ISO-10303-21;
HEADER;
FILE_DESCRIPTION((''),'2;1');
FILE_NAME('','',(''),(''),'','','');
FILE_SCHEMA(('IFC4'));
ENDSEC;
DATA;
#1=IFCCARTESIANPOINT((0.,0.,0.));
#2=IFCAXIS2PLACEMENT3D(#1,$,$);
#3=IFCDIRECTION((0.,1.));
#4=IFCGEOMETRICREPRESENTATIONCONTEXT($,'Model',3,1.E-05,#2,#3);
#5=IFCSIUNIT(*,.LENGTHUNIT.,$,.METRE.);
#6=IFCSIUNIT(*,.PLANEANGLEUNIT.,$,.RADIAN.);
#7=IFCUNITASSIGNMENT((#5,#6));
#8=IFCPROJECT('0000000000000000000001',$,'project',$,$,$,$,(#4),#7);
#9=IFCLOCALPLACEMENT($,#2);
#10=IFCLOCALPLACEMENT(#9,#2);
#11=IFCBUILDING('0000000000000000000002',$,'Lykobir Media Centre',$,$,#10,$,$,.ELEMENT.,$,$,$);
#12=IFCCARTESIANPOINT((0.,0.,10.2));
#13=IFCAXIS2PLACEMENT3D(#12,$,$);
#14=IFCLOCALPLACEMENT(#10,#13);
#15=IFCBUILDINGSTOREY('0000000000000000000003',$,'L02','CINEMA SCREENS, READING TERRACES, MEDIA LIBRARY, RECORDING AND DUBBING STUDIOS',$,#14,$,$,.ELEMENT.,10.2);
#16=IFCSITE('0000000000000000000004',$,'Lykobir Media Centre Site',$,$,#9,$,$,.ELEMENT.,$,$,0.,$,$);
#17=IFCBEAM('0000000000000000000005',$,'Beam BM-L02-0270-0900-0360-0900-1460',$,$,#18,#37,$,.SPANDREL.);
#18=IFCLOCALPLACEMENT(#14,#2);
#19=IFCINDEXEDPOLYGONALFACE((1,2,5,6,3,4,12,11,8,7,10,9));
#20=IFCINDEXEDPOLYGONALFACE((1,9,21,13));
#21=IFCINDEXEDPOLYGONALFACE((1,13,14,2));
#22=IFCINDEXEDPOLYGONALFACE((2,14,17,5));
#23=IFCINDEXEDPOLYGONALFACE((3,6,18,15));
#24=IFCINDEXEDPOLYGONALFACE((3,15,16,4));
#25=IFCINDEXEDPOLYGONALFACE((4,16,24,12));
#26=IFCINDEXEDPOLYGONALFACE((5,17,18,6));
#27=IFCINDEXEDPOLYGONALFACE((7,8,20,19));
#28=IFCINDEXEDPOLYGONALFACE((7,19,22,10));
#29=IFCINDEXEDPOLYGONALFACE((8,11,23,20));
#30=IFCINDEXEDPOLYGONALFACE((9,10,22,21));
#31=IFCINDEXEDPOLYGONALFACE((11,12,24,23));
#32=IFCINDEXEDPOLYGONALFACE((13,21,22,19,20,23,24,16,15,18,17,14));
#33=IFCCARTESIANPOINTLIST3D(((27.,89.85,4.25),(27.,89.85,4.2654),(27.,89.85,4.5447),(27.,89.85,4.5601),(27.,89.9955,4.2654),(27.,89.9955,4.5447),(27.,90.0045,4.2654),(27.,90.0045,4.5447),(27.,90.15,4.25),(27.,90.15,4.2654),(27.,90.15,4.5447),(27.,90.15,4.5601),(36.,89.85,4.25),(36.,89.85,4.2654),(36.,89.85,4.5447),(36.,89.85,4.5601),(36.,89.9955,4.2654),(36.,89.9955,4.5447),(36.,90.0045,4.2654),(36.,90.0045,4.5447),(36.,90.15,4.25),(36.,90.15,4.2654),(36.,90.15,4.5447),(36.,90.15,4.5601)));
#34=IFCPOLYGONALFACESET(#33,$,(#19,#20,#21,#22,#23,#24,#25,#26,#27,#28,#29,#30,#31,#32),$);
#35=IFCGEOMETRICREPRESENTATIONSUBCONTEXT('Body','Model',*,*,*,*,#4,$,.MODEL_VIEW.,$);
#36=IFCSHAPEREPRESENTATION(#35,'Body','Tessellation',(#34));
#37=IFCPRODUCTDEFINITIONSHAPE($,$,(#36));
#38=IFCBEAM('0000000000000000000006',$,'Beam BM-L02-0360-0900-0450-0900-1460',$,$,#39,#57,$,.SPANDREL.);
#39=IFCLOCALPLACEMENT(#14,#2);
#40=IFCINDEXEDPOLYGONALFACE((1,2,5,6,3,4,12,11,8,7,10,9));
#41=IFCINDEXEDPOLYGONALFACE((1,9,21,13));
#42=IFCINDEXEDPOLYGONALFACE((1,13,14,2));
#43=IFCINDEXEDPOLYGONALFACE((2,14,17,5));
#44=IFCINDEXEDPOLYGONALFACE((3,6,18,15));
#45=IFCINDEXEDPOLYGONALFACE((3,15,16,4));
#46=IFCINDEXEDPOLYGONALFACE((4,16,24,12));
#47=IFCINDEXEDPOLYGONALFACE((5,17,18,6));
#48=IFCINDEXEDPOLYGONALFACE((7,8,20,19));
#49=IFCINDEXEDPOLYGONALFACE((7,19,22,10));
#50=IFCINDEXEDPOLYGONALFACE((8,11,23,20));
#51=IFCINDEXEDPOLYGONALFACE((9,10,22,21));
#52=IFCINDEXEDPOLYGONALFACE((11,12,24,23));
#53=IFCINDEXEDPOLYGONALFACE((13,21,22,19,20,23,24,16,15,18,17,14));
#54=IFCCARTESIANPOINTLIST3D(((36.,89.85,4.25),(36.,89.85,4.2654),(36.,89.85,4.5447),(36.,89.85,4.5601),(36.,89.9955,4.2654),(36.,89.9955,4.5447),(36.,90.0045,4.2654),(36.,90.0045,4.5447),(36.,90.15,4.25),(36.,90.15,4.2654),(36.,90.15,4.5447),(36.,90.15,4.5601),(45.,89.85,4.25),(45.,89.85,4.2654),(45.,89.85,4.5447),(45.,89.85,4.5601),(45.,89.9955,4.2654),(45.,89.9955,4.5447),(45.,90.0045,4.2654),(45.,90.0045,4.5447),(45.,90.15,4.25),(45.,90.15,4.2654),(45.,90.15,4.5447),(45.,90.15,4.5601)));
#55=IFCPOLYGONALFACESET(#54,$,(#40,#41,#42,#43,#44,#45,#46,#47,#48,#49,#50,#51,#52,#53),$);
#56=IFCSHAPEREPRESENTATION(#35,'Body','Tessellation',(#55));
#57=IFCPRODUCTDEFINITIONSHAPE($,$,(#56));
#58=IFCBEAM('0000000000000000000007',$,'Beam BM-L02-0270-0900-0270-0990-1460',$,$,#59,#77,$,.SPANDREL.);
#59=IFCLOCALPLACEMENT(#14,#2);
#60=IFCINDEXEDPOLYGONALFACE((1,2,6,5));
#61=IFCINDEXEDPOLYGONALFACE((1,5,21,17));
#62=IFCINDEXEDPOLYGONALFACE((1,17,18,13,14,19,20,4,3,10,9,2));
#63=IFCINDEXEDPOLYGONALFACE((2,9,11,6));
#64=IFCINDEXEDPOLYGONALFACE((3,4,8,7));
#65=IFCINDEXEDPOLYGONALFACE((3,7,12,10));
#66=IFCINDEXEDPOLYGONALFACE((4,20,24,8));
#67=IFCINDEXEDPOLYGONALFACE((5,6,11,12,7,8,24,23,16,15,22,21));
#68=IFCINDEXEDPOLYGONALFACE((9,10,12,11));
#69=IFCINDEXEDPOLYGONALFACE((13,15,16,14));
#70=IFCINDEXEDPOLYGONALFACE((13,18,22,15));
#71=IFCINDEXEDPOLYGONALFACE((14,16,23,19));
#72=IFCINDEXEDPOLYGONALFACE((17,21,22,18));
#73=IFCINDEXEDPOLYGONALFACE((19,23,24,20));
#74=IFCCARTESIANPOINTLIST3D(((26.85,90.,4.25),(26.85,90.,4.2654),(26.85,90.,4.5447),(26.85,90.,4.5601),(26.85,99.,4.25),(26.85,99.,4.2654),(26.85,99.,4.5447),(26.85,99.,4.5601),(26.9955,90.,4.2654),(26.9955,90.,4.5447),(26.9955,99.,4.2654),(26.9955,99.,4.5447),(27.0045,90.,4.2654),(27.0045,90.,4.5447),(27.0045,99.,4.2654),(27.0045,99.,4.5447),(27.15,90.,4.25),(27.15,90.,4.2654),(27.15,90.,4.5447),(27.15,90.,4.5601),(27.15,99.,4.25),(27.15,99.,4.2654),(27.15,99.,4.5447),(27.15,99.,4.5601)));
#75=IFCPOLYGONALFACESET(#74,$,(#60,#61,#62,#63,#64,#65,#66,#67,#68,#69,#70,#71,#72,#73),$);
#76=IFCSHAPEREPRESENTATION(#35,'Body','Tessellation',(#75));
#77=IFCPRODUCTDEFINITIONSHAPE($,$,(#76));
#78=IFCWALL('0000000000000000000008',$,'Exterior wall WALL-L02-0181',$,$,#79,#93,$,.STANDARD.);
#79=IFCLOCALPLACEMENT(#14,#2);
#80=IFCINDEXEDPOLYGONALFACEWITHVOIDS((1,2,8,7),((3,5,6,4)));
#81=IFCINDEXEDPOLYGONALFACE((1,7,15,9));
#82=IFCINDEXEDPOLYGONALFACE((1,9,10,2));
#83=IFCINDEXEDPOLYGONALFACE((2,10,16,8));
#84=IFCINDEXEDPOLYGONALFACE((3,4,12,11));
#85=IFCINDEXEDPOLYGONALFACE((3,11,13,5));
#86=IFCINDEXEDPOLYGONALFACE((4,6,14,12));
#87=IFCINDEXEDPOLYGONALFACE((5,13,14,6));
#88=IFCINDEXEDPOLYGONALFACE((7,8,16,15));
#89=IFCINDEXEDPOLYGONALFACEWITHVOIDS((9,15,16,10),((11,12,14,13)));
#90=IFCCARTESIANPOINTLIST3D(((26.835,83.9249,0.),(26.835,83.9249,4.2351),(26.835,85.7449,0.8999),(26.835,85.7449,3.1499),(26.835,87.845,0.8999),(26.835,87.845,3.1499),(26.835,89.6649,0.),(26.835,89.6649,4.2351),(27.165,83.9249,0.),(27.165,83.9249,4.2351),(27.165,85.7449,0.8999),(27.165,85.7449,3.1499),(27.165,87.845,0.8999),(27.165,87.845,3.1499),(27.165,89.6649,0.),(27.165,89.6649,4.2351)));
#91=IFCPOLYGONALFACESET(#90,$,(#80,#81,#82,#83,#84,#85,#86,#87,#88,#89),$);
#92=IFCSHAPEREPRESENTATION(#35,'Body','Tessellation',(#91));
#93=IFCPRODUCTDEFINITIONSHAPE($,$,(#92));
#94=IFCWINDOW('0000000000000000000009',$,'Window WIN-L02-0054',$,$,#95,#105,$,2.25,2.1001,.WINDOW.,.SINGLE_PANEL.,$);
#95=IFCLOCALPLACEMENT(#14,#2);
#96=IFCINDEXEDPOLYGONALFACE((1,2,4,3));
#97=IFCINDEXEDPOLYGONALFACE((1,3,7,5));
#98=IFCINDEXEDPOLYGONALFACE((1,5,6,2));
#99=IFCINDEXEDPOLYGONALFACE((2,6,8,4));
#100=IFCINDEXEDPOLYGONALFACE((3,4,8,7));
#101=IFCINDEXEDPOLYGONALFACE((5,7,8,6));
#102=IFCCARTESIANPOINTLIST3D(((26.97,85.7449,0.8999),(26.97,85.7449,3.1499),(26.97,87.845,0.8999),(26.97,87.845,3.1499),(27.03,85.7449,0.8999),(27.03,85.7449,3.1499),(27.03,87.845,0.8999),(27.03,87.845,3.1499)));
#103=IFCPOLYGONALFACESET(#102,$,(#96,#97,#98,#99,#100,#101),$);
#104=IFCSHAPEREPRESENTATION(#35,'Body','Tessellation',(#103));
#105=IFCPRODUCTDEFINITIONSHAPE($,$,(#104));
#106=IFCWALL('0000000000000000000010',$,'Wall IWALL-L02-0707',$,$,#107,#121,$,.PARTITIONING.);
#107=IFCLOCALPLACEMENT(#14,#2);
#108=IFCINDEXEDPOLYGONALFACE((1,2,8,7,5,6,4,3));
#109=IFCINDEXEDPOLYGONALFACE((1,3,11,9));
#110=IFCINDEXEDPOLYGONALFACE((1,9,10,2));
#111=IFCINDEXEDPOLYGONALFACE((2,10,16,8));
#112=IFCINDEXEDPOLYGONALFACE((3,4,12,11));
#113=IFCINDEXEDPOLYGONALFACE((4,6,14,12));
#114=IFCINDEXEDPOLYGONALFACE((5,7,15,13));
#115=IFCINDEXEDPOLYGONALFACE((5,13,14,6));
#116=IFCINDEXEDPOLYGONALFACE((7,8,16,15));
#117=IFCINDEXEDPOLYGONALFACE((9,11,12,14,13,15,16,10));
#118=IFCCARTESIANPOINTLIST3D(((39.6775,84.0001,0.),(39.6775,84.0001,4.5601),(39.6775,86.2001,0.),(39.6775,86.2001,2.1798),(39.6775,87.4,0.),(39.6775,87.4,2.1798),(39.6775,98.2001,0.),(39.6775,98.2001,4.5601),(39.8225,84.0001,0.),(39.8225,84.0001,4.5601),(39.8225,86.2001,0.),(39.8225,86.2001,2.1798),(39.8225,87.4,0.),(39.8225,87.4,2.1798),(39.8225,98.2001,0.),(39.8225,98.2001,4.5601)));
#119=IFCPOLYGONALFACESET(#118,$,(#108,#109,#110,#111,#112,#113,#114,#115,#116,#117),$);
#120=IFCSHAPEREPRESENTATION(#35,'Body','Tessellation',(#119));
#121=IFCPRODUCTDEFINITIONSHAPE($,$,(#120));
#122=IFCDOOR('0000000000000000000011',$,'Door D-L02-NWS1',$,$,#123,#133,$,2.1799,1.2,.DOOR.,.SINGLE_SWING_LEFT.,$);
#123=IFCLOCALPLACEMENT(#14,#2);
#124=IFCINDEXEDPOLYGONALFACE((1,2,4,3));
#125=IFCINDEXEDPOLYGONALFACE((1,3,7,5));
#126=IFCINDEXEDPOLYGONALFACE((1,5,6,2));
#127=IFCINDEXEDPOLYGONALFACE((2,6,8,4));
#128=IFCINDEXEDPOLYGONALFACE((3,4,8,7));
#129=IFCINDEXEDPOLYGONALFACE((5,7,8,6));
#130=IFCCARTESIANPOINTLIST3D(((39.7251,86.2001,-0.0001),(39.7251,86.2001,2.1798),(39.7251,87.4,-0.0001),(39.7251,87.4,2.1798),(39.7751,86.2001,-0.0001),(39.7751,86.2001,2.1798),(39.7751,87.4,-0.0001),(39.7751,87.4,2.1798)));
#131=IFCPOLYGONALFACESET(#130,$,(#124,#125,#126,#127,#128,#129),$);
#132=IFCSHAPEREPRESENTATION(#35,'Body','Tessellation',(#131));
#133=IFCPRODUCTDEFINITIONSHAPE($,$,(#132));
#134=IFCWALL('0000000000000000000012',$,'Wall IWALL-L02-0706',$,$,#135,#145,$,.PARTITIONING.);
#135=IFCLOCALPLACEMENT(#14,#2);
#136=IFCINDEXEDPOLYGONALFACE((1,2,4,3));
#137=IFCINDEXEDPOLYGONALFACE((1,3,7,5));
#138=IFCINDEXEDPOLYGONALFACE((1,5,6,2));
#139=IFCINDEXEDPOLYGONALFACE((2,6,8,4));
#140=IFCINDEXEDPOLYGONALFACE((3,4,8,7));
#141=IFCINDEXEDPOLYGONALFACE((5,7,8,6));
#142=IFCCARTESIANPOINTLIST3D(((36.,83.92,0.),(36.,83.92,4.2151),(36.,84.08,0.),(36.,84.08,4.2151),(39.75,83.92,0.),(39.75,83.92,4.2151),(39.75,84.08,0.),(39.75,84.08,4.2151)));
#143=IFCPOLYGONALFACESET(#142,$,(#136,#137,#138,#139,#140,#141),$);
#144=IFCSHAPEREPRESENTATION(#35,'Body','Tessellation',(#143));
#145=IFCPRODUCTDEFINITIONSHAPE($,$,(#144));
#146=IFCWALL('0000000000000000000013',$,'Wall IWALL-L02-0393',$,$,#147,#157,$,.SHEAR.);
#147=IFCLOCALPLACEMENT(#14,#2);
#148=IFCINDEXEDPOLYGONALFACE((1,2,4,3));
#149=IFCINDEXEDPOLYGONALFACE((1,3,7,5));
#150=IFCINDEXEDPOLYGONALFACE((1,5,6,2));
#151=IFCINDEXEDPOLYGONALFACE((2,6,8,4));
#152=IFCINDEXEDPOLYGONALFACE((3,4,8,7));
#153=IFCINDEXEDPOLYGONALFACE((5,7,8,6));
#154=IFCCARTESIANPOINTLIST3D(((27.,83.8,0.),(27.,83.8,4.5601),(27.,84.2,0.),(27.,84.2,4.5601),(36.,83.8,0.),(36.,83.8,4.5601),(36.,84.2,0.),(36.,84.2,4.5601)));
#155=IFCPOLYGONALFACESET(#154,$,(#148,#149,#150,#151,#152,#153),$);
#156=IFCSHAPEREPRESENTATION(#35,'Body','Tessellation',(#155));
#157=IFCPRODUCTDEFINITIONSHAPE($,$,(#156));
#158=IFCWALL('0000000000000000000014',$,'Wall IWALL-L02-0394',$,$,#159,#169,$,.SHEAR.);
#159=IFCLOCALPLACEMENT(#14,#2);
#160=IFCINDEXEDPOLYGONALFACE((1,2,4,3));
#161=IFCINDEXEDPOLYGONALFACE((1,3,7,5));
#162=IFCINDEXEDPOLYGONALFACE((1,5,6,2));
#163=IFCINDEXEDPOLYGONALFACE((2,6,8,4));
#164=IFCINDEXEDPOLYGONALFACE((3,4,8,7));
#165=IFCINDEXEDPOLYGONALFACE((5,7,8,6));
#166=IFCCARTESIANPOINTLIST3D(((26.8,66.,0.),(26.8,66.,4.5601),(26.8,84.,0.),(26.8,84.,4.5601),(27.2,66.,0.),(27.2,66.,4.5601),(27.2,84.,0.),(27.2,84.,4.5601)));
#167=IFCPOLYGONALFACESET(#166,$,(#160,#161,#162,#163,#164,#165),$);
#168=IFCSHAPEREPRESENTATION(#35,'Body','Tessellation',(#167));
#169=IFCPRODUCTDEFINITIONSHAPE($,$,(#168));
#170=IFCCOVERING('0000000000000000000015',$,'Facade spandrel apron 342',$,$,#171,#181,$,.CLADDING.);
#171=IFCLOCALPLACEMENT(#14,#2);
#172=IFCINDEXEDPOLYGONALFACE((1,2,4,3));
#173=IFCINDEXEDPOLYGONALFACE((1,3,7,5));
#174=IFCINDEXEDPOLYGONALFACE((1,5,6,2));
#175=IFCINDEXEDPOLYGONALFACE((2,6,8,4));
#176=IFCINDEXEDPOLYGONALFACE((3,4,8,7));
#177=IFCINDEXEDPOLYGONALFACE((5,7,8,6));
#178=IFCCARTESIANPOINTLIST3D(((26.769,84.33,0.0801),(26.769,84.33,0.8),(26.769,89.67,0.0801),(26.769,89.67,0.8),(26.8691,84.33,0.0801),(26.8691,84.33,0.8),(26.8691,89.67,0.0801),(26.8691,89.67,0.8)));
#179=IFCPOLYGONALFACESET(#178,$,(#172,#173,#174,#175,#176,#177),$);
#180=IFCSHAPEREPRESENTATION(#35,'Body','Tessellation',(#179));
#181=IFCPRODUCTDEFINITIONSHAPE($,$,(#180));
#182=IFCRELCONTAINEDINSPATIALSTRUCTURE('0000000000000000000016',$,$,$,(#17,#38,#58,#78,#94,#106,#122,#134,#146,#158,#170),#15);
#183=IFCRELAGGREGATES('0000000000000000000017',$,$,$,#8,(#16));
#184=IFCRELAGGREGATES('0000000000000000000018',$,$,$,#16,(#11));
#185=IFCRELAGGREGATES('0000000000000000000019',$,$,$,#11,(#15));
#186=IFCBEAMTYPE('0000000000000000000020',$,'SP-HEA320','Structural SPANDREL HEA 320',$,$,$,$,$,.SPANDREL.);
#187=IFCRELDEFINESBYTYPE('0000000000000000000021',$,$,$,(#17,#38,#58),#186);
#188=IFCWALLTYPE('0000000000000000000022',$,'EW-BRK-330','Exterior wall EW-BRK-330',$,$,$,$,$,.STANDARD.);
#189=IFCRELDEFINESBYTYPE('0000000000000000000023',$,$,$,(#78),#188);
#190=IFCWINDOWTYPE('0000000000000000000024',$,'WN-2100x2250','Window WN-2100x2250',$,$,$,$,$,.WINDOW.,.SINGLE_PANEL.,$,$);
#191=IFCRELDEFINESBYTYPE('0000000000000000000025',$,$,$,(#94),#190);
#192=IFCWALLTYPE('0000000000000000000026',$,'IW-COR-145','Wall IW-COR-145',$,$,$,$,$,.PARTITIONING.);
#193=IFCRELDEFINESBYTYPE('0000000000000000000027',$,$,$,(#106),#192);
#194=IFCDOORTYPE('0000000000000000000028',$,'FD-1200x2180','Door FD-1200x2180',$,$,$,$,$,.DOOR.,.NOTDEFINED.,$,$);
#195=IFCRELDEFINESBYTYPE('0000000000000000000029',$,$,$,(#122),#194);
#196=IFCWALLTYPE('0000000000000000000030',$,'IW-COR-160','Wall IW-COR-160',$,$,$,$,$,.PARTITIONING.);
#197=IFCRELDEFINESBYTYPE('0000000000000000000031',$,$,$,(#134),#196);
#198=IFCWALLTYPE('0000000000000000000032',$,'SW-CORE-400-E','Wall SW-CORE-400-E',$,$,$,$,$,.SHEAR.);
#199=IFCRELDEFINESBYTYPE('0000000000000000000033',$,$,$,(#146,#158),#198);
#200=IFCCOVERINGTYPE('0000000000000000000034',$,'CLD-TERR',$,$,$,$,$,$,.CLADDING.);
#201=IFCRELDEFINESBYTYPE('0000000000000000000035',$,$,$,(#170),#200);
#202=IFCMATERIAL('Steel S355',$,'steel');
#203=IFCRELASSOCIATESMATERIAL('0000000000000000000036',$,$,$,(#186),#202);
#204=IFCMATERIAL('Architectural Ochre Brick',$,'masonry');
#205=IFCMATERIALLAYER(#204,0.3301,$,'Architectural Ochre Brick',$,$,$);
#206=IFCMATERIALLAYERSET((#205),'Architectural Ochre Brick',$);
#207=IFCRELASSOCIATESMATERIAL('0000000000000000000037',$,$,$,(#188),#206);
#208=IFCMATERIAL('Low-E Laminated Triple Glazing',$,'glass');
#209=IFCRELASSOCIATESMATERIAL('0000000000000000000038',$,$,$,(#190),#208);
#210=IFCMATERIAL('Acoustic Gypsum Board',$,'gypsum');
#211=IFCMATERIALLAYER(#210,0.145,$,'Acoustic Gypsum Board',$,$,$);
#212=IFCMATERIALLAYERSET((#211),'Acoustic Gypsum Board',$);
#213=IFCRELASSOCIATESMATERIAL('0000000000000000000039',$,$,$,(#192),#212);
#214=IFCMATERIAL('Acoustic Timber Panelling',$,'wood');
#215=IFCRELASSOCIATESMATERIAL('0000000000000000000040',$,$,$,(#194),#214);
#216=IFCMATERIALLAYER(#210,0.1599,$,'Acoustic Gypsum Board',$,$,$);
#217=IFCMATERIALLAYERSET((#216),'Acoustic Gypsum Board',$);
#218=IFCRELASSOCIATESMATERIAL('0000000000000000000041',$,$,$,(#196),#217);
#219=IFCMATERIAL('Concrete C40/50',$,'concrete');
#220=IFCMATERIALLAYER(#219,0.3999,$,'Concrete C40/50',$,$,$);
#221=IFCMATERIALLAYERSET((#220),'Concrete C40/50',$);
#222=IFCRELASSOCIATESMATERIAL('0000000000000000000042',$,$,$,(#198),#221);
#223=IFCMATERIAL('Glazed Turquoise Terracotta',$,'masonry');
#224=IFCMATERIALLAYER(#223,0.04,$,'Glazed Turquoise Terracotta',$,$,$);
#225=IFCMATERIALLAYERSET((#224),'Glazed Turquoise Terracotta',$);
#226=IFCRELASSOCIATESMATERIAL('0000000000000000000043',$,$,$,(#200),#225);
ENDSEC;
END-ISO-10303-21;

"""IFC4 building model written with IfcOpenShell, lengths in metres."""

from ifc_helpers import new_model, si_unit, direction, frame, frame_2d, origin, origin_2d, place, context, subcontext, project, spatial, rectangle, i_section, extrude, material, layer, layer_set, material_profile, profile_set, type_object, element, fill, save


model = new_model("IFC4")

# Units and contexts
model_context = context("Model", 3, precision=1e-05, world=origin(), true_north=direction((0.0, 1.0)))
body_context = subcontext(model_context, "Body", "Model", "MODEL_VIEW")
ifc_project = project(units=[si_unit("LENGTHUNIT", "METRE"), si_unit("PLANEANGLEUNIT", "RADIAN")], contexts=[model_context])

# Site, building, storey
site_placement = place(None, origin())
site = spatial("IfcSite", under=ifc_project, at=site_placement, Name="Lykobir Media Centre Site", CompositionType="ELEMENT", RefElevation=0.0)
building_placement = place(site_placement, origin())
building = spatial("IfcBuilding", under=site, at=building_placement, Name="Lykobir Media Centre", CompositionType="ELEMENT")
storey_placement = place(building_placement, frame((0.0, 0.0, 10.2)))
storey = spatial("IfcBuildingStorey", under=building, at=storey_placement, Name="L02", Description="CINEMA SCREENS, READING TERRACES, MEDIA LIBRARY, RECORDING AND DUBBING STUDIOS", CompositionType="ELEMENT", Elevation=10.2)

# Shared definitions
ifc_material_1 = material(Name="Concrete C40/50", Category="concrete")
ifc_material_2 = material(Name="Steel S355", Category="steel")

# Beams
ifc_material_profile_1 = material_profile(ifc_material_2, i_section(OverallWidth=0.3, OverallDepth=0.3101, WebThickness=0.009, FlangeThickness=0.0154, at=origin_2d()), Name="HEA 320")
ifc_profile_set_1 = profile_set([ifc_material_profile_1], Name="Steel S355")
beam_type_1 = type_object("IfcBeamType", Name="SP-HEA320", Description="Structural SPANDREL HEA 320", PredefinedType="SPANDREL", material=ifc_profile_set_1)
for number, where, z_axis, x_axis, name in (
    (1, (27.0, 90.0, 4.405), (1.0, 0.0, 0.0), (0.0, 1.0, 0.0), "Beam BM-L02-0270-0900-0360-0900-1460"),
    (2, (36.0, 90.0, 4.405), (1.0, 0.0, 0.0), (0.0, 1.0, 0.0), "Beam BM-L02-0360-0900-0450-0900-1460"),
    (3, (27.0, 90.0, 4.405), (0.0, 1.0, 0.0), (-1.0, 0.0, 0.0), "Beam BM-L02-0270-0900-0270-0990-1460"),
):
    element("IfcBeam", number, at=place(storey_placement, frame(where, z_axis=z_axis, x_axis=x_axis)), inside=storey, type_object=beam_type_1, Name=name, PredefinedType="SPANDREL", context=body_context, shape_type="SweptSolid", body=[
        extrude(i_section(OverallWidth=0.3, OverallDepth=0.3101, WebThickness=0.009, FlangeThickness=0.0154, at=origin_2d()), origin(), (0.0, 0.0, 1.0), 9.0),
    ])

# Wall, opening, window
ifc_material_3 = material(Name="Architectural Ochre Brick", Category="masonry")
ifc_layer_1 = layer(ifc_material_3, 0.3301, Name="Architectural Ochre Brick")
ifc_layer_set_1 = layer_set([ifc_layer_1], Name="Architectural Ochre Brick")
wall_type_1 = type_object("IfcWallType", Name="EW-BRK-330", Description="Exterior wall EW-BRK-330", PredefinedType="STANDARD", material=ifc_layer_set_1)
wall_1_placement = place(storey_placement, frame((27.0, 89.665, 0.0), z_axis=(0.0, 0.0, 1.0), x_axis=(0.0, -1.0, 0.0)))
wall_1 = element("IfcWall", 4, at=wall_1_placement, inside=storey, type_object=wall_type_1, Name="Exterior wall WALL-L02-0181", PredefinedType="STANDARD", context=body_context, shape_type="SweptSolid", body=[
    extrude(rectangle(XDim=5.74, YDim=0.3301, at=frame_2d((2.8701, 0.0))), origin(), (0.0, 0.0, 1.0), 4.2351),
])
opening_1_placement = place(wall_1_placement, frame((1.8201, 0.0, 0.8999)))
opening_1 = element("IfcOpeningElement", 5, at=opening_1_placement, cuts=wall_1, PredefinedType="OPENING", context=body_context, shape_type="SweptSolid", body=[
    extrude(rectangle(XDim=2.1001, YDim=2.25, at=frame_2d((1.05, 1.125))), frame((0.0, 0.175, 0.0), z_axis=(0.0, -1.0, 0.0), x_axis=(1.0, 0.0, 0.0)), (0.0, 0.0, 1.0), 0.3501),
])
ifc_material_4 = material(Name="Low-E Laminated Triple Glazing", Category="glass")
window_type = type_object("IfcWindowType", Name="WN-2100x2250", Description="Window WN-2100x2250", PartitioningType="SINGLE_PANEL", PredefinedType="WINDOW", material=ifc_material_4)
window_placement = place(opening_1_placement, origin())
window = element("IfcWindow", 6, at=window_placement, inside=storey, type_object=window_type, Name="Window WIN-L02-0054", OverallHeight=2.25, OverallWidth=2.1001, PartitioningType="SINGLE_PANEL", PredefinedType="WINDOW", context=body_context, shape_type="SweptSolid", body=[
    extrude(rectangle(XDim=2.1001, YDim=2.25, at=frame_2d((1.05, 1.125))), frame((0.0, 0.03, 0.0), z_axis=(0.0, -1.0, 0.0), x_axis=(1.0, 0.0, 0.0)), (0.0, 0.0, 1.0), 0.0601),
])
fill(opening_1, window)

# Wall, opening, door
ifc_material_5 = material(Name="Acoustic Gypsum Board", Category="gypsum")
ifc_layer_2 = layer(ifc_material_5, 0.145, Name="Acoustic Gypsum Board")
ifc_layer_set_2 = layer_set([ifc_layer_2], Name="Acoustic Gypsum Board")
wall_type_2 = type_object("IfcWallType", Name="IW-COR-145", Description="Wall IW-COR-145", PredefinedType="PARTITIONING", material=ifc_layer_set_2)
wall_2_placement = place(storey_placement, frame((39.75, 84.0, 0.0), z_axis=(0.0, 0.0, 1.0), x_axis=(0.0, 1.0, 0.0)))
wall_2 = element("IfcWall", 7, at=wall_2_placement, inside=storey, type_object=wall_type_2, Name="Wall IWALL-L02-0707", PredefinedType="PARTITIONING", context=body_context, shape_type="SweptSolid", body=[
    extrude(rectangle(XDim=14.2, YDim=0.145, at=frame_2d((7.1001, 0.0))), origin(), (0.0, 0.0, 1.0), 4.5601),
])
opening_2_placement = place(wall_2_placement, frame((2.2, 0.0, 0.0)))
opening_2 = element("IfcOpeningElement", 8, at=opening_2_placement, cuts=wall_2, PredefinedType="OPENING", context=body_context, shape_type="SweptSolid", body=[
    extrude(rectangle(XDim=1.2, YDim=2.1799, at=frame_2d((0.6001, 1.0898))), frame((0.0, 0.0825, 0.0), z_axis=(0.0, -1.0, 0.0), x_axis=(1.0, 0.0, 0.0)), (0.0, 0.0, 1.0), 0.165),
])
ifc_material_6 = material(Name="Acoustic Timber Panelling", Category="wood")
door_type = type_object("IfcDoorType", Name="FD-1200x2180", Description="Door FD-1200x2180", OperationType="NOTDEFINED", PredefinedType="DOOR", material=ifc_material_6)
door_placement = place(opening_2_placement, origin())
door = element("IfcDoor", 9, at=door_placement, inside=storey, type_object=door_type, Name="Door D-L02-NWS1", OperationType="SINGLE_SWING_LEFT", OverallHeight=2.1799, OverallWidth=1.2, PredefinedType="DOOR", context=body_context, shape_type="SweptSolid", body=[
    extrude(rectangle(XDim=1.2, YDim=2.1799, at=frame_2d((0.6001, 1.0898))), frame((0.0, 0.0249, 0.0), z_axis=(0.0, -1.0, 0.0), x_axis=(1.0, 0.0, 0.0)), (0.0, 0.0, 1.0), 0.05),
])
fill(opening_2, door)

# Walls
ifc_layer_3 = layer(ifc_material_5, 0.1599, Name="Acoustic Gypsum Board")
ifc_layer_set_3 = layer_set([ifc_layer_3], Name="Acoustic Gypsum Board")
wall_type_3 = type_object("IfcWallType", Name="IW-COR-160", Description="Wall IW-COR-160", PredefinedType="PARTITIONING", material=ifc_layer_set_3)
wall_3_placement = place(storey_placement, frame((36.0, 84.0, 0.0), z_axis=(0.0, 0.0, 1.0), x_axis=(1.0, 0.0, 0.0)))
element("IfcWall", 10, at=wall_3_placement, inside=storey, type_object=wall_type_3, Name="Wall IWALL-L02-0706", PredefinedType="PARTITIONING", context=body_context, shape_type="SweptSolid", body=[
    extrude(rectangle(XDim=3.75, YDim=0.1599, at=frame_2d((1.875, 0.0))), origin(), (0.0, 0.0, 1.0), 4.2151),
])
ifc_layer_4 = layer(ifc_material_1, 0.3999, Name="Concrete C40/50")
ifc_layer_set_4 = layer_set([ifc_layer_4], Name="Concrete C40/50")
wall_type_4 = type_object("IfcWallType", Name="SW-CORE-400-E", Description="Wall SW-CORE-400-E", PredefinedType="SHEAR", material=ifc_layer_set_4)
wall_4_placement = place(storey_placement, frame((36.0, 84.0, 0.0), z_axis=(0.0, 0.0, 1.0), x_axis=(-1.0, 0.0, 0.0)))
element("IfcWall", 11, at=wall_4_placement, inside=storey, type_object=wall_type_4, Name="Wall IWALL-L02-0393", PredefinedType="SHEAR", context=body_context, shape_type="SweptSolid", body=[
    extrude(rectangle(XDim=9.0, YDim=0.3999, at=frame_2d((4.5, 0.0))), origin(), (0.0, 0.0, 1.0), 4.5601),
])
wall_5_placement = place(storey_placement, frame((27.0, 84.0, 0.0), z_axis=(0.0, 0.0, 1.0), x_axis=(0.0, -1.0, 0.0)))
element("IfcWall", 12, at=wall_5_placement, inside=storey, type_object=wall_type_4, Name="Wall IWALL-L02-0394", PredefinedType="SHEAR", context=body_context, shape_type="SweptSolid", body=[
    extrude(rectangle(XDim=18.0, YDim=0.3999, at=frame_2d((9.0, 0.0))), origin(), (0.0, 0.0, 1.0), 4.5601),
])

# Covering
ifc_material_7 = material(Name="Glazed Turquoise Terracotta", Category="masonry")
ifc_layer_5 = layer(ifc_material_7, 0.04, Name="Glazed Turquoise Terracotta")
ifc_layer_set_5 = layer_set([ifc_layer_5], Name="Glazed Turquoise Terracotta")
covering_type_1 = type_object("IfcCoveringType", Name="CLD-TERR", PredefinedType="CLADDING", material=ifc_layer_set_5)
covering_1_placement = place(storey_placement, frame((26.8191, 87.0, 0.0801), z_axis=(0.0, 0.0, 1.0), x_axis=(0.0, -1.0, 0.0)))
element("IfcCovering", 13, at=covering_1_placement, inside=storey, type_object=covering_type_1, Name="Facade spandrel apron 342", PredefinedType="CLADDING", context=body_context, shape_type="SweptSolid", body=[
    extrude(rectangle(XDim=5.3401, YDim=0.1001, at=origin_2d()), origin(), (0.0, 0.0, 1.0), 0.72),
])

save(model, "model.ifc")
